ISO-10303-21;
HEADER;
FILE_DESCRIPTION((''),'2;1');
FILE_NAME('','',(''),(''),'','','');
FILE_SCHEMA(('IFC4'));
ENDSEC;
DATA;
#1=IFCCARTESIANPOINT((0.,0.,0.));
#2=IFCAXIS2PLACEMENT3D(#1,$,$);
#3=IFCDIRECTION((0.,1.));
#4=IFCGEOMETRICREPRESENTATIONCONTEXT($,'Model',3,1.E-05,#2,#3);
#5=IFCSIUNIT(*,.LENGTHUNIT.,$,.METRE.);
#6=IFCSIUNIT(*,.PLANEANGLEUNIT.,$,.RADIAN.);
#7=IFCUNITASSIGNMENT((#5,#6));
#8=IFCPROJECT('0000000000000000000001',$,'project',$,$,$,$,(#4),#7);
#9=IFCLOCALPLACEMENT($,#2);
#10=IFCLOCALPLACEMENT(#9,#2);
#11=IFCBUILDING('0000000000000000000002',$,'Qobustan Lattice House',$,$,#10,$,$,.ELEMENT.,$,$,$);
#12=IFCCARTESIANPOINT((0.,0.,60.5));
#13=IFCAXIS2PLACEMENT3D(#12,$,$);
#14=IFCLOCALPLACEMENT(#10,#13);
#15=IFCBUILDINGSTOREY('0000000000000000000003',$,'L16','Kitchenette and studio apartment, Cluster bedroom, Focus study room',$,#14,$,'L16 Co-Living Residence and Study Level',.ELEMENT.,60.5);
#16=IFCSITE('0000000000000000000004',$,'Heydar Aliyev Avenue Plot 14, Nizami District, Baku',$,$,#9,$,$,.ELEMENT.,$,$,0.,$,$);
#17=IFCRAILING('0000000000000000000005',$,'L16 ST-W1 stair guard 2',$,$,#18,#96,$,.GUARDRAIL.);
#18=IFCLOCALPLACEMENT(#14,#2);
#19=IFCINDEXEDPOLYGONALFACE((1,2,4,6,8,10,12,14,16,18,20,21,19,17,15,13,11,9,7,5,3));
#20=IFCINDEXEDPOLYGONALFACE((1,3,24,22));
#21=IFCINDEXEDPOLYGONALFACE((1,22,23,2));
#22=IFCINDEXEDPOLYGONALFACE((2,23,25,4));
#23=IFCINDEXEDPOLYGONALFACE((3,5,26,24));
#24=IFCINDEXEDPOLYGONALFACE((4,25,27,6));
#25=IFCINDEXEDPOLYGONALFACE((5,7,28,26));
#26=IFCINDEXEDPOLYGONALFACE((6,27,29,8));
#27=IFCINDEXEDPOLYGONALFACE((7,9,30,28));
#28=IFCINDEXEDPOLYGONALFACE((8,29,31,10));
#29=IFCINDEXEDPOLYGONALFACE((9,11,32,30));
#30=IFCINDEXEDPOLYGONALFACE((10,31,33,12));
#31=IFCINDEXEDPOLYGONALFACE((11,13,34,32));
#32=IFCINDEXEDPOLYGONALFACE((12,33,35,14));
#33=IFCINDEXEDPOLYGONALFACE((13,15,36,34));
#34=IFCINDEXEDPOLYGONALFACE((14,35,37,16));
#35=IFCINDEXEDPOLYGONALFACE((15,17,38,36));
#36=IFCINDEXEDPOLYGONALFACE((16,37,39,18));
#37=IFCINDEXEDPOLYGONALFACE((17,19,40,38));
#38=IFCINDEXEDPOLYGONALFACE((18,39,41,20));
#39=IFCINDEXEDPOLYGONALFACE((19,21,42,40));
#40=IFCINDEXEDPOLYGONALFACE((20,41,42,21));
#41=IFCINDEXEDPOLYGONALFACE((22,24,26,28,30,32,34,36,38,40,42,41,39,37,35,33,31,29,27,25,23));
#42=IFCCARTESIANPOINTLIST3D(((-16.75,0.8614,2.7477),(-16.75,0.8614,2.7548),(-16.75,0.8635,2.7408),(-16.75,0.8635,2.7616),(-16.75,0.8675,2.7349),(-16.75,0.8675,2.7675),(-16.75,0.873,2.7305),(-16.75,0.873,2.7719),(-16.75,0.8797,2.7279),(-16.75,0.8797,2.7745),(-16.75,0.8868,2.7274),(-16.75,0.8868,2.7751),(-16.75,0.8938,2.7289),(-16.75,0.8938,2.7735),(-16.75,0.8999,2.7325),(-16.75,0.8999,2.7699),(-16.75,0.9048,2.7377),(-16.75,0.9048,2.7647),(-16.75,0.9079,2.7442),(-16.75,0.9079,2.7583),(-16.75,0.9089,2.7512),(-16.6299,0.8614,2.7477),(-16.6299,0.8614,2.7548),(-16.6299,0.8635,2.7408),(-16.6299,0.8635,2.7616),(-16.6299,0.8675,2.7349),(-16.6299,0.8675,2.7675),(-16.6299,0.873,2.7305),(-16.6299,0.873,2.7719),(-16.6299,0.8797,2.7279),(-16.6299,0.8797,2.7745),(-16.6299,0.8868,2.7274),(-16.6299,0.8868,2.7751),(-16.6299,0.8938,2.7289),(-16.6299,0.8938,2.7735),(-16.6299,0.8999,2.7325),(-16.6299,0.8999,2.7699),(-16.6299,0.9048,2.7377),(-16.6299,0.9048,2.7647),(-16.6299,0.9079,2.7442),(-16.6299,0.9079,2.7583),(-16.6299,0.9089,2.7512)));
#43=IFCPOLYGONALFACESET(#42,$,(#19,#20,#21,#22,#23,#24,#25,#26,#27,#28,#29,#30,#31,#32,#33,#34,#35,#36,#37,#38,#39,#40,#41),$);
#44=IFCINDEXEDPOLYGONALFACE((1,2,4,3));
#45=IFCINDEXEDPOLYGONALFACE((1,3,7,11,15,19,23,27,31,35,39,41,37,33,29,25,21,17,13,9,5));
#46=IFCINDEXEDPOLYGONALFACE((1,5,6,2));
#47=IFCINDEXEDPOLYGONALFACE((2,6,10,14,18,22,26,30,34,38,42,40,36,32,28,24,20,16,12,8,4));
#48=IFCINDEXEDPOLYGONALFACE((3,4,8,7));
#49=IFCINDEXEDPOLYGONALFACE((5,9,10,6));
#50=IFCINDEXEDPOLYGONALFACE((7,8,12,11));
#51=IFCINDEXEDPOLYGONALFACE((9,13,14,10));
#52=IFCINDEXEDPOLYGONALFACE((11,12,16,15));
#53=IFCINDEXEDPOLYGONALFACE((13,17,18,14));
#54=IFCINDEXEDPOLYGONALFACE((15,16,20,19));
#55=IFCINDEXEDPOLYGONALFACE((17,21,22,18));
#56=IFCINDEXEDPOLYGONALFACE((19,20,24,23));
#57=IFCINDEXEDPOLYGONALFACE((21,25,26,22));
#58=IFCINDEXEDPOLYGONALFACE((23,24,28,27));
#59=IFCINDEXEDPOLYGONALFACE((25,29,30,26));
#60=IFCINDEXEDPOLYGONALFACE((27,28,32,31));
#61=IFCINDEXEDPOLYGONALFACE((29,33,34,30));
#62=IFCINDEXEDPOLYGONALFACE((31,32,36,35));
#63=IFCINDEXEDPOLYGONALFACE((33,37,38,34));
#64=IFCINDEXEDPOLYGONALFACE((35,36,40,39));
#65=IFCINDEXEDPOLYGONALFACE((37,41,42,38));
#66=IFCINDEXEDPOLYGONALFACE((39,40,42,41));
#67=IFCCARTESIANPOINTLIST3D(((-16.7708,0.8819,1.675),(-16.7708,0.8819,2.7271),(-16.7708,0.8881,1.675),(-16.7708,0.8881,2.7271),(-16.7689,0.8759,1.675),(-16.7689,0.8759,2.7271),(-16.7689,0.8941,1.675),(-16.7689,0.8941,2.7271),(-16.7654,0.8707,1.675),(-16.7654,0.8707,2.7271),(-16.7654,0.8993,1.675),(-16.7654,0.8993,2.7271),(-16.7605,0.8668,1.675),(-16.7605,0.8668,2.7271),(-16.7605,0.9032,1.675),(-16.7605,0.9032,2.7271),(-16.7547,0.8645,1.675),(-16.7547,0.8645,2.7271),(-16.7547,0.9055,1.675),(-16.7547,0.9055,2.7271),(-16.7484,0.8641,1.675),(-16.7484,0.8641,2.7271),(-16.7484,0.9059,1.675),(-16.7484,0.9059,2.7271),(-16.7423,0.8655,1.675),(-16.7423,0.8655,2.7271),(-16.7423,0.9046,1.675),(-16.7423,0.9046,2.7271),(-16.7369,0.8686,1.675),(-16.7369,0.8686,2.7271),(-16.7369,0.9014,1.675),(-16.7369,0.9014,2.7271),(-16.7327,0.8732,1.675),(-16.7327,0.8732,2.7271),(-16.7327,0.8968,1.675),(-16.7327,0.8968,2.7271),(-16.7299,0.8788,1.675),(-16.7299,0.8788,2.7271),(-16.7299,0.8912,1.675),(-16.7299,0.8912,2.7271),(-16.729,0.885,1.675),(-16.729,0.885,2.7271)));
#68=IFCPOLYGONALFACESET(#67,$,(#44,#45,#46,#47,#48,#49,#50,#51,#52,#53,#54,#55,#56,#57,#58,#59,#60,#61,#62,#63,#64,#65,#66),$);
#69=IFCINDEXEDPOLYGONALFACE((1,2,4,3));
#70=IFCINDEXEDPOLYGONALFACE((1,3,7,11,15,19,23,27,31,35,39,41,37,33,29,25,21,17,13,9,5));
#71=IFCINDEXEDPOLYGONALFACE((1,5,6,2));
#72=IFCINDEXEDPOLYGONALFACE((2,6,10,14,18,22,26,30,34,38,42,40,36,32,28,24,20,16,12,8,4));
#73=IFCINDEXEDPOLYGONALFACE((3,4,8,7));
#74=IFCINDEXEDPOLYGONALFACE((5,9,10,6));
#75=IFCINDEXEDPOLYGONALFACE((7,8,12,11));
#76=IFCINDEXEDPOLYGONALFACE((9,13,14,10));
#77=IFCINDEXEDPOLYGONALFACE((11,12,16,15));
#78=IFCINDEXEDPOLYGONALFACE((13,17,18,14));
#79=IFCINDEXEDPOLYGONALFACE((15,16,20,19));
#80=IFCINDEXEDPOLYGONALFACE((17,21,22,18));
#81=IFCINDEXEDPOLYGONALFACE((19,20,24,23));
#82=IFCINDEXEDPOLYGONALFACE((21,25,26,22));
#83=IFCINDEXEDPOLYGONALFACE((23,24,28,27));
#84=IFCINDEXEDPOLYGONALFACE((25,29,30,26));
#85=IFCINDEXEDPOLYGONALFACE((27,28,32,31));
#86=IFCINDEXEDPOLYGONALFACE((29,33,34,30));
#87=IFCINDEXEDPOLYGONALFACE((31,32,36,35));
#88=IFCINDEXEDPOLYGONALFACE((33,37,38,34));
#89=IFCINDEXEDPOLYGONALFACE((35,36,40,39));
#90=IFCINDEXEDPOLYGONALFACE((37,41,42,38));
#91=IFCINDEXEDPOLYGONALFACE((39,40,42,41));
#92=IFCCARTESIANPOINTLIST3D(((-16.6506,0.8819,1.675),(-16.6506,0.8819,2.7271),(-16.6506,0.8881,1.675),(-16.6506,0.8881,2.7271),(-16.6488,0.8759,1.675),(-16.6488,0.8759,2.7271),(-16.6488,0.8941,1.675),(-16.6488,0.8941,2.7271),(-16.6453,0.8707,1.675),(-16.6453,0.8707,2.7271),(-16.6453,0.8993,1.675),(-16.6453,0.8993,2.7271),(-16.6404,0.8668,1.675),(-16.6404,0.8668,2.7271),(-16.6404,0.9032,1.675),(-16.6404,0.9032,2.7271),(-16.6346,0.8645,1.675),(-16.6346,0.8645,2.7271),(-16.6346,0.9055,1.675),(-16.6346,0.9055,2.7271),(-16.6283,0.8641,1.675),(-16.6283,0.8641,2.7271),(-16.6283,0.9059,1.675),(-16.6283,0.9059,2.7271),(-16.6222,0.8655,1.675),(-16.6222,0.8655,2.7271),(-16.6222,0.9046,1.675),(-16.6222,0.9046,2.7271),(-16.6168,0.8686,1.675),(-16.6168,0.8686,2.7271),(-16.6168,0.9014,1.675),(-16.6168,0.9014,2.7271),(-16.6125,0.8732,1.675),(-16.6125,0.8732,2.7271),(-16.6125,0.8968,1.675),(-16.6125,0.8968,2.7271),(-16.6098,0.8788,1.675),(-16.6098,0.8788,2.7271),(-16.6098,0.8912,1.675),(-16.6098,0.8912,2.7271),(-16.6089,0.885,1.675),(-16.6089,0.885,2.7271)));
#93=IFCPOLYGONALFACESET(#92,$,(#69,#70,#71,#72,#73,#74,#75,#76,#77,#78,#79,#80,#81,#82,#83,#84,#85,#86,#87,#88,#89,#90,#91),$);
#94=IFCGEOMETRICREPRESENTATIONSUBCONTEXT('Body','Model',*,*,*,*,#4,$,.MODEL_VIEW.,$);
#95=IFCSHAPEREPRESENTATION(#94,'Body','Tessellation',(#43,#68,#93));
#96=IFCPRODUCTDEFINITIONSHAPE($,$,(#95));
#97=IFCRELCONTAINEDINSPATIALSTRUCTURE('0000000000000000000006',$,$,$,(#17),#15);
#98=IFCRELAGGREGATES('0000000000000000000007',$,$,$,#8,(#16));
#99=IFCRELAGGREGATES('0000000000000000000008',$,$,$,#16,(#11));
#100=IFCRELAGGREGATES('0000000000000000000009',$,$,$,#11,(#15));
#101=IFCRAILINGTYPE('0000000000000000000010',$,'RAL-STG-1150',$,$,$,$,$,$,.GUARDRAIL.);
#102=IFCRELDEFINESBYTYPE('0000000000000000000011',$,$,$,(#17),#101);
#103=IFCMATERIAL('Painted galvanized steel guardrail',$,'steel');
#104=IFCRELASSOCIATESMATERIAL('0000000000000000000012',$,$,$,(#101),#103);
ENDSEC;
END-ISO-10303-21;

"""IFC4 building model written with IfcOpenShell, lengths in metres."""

from ifc_helpers import new_model, si_unit, direction, frame, origin, origin_2d, place, context, subcontext, project, spatial, circle, extrude, material, type_object, element, save


model = new_model("IFC4")

# Units and contexts
model_context = context("Model", 3, precision=1e-05, world=origin(), true_north=direction((0.0, 1.0)))
body_context = subcontext(model_context, "Body", "Model", "MODEL_VIEW")
ifc_project = project(units=[si_unit("LENGTHUNIT", "METRE"), si_unit("PLANEANGLEUNIT", "RADIAN")], contexts=[model_context])

# Site, building, storey
site_placement = place(None, origin())
site = spatial("IfcSite", under=ifc_project, at=site_placement, Name="Heydar Aliyev Avenue Plot 14, Nizami District, Baku", CompositionType="ELEMENT", RefElevation=0.0)
building_placement = place(site_placement, origin())
building = spatial("IfcBuilding", under=site, at=building_placement, Name="Qobustan Lattice House", CompositionType="ELEMENT")
storey_placement = place(building_placement, frame((0.0, 0.0, 60.5)))
storey = spatial("IfcBuildingStorey", under=building, at=storey_placement, Name="L16", Description="Kitchenette and studio apartment, Cluster bedroom, Focus study room", LongName="L16 Co-Living Residence and Study Level", CompositionType="ELEMENT", Elevation=60.5)

# Railing
ifc_material_1 = material(Name="Painted galvanized steel guardrail", Category="steel")
railing_type = type_object("IfcRailingType", Name="RAL-STG-1150", PredefinedType="GUARDRAIL", material=ifc_material_1)
railing_1_placement = place(storey_placement, frame((-16.75, 0.885, 1.675)))
element("IfcRailing", 1, at=railing_1_placement, inside=storey, type_object=railing_type, Name="L16 ST-W1 stair guard 2", PredefinedType="GUARDRAIL", context=body_context, shape_type="SweptSolid", body=[
    extrude(circle(Radius=0.0239, at=origin_2d()), frame((0.0, 0.0, 1.0762), z_axis=(1.0, 0.0, 0.0), x_axis=(0.0, 1.0, 0.0)), (0.0, 0.0, 1.0), 0.1201),
    extrude(circle(Radius=0.021, at=origin_2d()), origin(), (0.0, 0.0, 1.0), 1.052),
    extrude(circle(Radius=0.021, at=origin_2d()), frame((0.1201, 0.0, 0.0)), (0.0, 0.0, 1.0), 1.052),
])

save(model, "model.ifc")
